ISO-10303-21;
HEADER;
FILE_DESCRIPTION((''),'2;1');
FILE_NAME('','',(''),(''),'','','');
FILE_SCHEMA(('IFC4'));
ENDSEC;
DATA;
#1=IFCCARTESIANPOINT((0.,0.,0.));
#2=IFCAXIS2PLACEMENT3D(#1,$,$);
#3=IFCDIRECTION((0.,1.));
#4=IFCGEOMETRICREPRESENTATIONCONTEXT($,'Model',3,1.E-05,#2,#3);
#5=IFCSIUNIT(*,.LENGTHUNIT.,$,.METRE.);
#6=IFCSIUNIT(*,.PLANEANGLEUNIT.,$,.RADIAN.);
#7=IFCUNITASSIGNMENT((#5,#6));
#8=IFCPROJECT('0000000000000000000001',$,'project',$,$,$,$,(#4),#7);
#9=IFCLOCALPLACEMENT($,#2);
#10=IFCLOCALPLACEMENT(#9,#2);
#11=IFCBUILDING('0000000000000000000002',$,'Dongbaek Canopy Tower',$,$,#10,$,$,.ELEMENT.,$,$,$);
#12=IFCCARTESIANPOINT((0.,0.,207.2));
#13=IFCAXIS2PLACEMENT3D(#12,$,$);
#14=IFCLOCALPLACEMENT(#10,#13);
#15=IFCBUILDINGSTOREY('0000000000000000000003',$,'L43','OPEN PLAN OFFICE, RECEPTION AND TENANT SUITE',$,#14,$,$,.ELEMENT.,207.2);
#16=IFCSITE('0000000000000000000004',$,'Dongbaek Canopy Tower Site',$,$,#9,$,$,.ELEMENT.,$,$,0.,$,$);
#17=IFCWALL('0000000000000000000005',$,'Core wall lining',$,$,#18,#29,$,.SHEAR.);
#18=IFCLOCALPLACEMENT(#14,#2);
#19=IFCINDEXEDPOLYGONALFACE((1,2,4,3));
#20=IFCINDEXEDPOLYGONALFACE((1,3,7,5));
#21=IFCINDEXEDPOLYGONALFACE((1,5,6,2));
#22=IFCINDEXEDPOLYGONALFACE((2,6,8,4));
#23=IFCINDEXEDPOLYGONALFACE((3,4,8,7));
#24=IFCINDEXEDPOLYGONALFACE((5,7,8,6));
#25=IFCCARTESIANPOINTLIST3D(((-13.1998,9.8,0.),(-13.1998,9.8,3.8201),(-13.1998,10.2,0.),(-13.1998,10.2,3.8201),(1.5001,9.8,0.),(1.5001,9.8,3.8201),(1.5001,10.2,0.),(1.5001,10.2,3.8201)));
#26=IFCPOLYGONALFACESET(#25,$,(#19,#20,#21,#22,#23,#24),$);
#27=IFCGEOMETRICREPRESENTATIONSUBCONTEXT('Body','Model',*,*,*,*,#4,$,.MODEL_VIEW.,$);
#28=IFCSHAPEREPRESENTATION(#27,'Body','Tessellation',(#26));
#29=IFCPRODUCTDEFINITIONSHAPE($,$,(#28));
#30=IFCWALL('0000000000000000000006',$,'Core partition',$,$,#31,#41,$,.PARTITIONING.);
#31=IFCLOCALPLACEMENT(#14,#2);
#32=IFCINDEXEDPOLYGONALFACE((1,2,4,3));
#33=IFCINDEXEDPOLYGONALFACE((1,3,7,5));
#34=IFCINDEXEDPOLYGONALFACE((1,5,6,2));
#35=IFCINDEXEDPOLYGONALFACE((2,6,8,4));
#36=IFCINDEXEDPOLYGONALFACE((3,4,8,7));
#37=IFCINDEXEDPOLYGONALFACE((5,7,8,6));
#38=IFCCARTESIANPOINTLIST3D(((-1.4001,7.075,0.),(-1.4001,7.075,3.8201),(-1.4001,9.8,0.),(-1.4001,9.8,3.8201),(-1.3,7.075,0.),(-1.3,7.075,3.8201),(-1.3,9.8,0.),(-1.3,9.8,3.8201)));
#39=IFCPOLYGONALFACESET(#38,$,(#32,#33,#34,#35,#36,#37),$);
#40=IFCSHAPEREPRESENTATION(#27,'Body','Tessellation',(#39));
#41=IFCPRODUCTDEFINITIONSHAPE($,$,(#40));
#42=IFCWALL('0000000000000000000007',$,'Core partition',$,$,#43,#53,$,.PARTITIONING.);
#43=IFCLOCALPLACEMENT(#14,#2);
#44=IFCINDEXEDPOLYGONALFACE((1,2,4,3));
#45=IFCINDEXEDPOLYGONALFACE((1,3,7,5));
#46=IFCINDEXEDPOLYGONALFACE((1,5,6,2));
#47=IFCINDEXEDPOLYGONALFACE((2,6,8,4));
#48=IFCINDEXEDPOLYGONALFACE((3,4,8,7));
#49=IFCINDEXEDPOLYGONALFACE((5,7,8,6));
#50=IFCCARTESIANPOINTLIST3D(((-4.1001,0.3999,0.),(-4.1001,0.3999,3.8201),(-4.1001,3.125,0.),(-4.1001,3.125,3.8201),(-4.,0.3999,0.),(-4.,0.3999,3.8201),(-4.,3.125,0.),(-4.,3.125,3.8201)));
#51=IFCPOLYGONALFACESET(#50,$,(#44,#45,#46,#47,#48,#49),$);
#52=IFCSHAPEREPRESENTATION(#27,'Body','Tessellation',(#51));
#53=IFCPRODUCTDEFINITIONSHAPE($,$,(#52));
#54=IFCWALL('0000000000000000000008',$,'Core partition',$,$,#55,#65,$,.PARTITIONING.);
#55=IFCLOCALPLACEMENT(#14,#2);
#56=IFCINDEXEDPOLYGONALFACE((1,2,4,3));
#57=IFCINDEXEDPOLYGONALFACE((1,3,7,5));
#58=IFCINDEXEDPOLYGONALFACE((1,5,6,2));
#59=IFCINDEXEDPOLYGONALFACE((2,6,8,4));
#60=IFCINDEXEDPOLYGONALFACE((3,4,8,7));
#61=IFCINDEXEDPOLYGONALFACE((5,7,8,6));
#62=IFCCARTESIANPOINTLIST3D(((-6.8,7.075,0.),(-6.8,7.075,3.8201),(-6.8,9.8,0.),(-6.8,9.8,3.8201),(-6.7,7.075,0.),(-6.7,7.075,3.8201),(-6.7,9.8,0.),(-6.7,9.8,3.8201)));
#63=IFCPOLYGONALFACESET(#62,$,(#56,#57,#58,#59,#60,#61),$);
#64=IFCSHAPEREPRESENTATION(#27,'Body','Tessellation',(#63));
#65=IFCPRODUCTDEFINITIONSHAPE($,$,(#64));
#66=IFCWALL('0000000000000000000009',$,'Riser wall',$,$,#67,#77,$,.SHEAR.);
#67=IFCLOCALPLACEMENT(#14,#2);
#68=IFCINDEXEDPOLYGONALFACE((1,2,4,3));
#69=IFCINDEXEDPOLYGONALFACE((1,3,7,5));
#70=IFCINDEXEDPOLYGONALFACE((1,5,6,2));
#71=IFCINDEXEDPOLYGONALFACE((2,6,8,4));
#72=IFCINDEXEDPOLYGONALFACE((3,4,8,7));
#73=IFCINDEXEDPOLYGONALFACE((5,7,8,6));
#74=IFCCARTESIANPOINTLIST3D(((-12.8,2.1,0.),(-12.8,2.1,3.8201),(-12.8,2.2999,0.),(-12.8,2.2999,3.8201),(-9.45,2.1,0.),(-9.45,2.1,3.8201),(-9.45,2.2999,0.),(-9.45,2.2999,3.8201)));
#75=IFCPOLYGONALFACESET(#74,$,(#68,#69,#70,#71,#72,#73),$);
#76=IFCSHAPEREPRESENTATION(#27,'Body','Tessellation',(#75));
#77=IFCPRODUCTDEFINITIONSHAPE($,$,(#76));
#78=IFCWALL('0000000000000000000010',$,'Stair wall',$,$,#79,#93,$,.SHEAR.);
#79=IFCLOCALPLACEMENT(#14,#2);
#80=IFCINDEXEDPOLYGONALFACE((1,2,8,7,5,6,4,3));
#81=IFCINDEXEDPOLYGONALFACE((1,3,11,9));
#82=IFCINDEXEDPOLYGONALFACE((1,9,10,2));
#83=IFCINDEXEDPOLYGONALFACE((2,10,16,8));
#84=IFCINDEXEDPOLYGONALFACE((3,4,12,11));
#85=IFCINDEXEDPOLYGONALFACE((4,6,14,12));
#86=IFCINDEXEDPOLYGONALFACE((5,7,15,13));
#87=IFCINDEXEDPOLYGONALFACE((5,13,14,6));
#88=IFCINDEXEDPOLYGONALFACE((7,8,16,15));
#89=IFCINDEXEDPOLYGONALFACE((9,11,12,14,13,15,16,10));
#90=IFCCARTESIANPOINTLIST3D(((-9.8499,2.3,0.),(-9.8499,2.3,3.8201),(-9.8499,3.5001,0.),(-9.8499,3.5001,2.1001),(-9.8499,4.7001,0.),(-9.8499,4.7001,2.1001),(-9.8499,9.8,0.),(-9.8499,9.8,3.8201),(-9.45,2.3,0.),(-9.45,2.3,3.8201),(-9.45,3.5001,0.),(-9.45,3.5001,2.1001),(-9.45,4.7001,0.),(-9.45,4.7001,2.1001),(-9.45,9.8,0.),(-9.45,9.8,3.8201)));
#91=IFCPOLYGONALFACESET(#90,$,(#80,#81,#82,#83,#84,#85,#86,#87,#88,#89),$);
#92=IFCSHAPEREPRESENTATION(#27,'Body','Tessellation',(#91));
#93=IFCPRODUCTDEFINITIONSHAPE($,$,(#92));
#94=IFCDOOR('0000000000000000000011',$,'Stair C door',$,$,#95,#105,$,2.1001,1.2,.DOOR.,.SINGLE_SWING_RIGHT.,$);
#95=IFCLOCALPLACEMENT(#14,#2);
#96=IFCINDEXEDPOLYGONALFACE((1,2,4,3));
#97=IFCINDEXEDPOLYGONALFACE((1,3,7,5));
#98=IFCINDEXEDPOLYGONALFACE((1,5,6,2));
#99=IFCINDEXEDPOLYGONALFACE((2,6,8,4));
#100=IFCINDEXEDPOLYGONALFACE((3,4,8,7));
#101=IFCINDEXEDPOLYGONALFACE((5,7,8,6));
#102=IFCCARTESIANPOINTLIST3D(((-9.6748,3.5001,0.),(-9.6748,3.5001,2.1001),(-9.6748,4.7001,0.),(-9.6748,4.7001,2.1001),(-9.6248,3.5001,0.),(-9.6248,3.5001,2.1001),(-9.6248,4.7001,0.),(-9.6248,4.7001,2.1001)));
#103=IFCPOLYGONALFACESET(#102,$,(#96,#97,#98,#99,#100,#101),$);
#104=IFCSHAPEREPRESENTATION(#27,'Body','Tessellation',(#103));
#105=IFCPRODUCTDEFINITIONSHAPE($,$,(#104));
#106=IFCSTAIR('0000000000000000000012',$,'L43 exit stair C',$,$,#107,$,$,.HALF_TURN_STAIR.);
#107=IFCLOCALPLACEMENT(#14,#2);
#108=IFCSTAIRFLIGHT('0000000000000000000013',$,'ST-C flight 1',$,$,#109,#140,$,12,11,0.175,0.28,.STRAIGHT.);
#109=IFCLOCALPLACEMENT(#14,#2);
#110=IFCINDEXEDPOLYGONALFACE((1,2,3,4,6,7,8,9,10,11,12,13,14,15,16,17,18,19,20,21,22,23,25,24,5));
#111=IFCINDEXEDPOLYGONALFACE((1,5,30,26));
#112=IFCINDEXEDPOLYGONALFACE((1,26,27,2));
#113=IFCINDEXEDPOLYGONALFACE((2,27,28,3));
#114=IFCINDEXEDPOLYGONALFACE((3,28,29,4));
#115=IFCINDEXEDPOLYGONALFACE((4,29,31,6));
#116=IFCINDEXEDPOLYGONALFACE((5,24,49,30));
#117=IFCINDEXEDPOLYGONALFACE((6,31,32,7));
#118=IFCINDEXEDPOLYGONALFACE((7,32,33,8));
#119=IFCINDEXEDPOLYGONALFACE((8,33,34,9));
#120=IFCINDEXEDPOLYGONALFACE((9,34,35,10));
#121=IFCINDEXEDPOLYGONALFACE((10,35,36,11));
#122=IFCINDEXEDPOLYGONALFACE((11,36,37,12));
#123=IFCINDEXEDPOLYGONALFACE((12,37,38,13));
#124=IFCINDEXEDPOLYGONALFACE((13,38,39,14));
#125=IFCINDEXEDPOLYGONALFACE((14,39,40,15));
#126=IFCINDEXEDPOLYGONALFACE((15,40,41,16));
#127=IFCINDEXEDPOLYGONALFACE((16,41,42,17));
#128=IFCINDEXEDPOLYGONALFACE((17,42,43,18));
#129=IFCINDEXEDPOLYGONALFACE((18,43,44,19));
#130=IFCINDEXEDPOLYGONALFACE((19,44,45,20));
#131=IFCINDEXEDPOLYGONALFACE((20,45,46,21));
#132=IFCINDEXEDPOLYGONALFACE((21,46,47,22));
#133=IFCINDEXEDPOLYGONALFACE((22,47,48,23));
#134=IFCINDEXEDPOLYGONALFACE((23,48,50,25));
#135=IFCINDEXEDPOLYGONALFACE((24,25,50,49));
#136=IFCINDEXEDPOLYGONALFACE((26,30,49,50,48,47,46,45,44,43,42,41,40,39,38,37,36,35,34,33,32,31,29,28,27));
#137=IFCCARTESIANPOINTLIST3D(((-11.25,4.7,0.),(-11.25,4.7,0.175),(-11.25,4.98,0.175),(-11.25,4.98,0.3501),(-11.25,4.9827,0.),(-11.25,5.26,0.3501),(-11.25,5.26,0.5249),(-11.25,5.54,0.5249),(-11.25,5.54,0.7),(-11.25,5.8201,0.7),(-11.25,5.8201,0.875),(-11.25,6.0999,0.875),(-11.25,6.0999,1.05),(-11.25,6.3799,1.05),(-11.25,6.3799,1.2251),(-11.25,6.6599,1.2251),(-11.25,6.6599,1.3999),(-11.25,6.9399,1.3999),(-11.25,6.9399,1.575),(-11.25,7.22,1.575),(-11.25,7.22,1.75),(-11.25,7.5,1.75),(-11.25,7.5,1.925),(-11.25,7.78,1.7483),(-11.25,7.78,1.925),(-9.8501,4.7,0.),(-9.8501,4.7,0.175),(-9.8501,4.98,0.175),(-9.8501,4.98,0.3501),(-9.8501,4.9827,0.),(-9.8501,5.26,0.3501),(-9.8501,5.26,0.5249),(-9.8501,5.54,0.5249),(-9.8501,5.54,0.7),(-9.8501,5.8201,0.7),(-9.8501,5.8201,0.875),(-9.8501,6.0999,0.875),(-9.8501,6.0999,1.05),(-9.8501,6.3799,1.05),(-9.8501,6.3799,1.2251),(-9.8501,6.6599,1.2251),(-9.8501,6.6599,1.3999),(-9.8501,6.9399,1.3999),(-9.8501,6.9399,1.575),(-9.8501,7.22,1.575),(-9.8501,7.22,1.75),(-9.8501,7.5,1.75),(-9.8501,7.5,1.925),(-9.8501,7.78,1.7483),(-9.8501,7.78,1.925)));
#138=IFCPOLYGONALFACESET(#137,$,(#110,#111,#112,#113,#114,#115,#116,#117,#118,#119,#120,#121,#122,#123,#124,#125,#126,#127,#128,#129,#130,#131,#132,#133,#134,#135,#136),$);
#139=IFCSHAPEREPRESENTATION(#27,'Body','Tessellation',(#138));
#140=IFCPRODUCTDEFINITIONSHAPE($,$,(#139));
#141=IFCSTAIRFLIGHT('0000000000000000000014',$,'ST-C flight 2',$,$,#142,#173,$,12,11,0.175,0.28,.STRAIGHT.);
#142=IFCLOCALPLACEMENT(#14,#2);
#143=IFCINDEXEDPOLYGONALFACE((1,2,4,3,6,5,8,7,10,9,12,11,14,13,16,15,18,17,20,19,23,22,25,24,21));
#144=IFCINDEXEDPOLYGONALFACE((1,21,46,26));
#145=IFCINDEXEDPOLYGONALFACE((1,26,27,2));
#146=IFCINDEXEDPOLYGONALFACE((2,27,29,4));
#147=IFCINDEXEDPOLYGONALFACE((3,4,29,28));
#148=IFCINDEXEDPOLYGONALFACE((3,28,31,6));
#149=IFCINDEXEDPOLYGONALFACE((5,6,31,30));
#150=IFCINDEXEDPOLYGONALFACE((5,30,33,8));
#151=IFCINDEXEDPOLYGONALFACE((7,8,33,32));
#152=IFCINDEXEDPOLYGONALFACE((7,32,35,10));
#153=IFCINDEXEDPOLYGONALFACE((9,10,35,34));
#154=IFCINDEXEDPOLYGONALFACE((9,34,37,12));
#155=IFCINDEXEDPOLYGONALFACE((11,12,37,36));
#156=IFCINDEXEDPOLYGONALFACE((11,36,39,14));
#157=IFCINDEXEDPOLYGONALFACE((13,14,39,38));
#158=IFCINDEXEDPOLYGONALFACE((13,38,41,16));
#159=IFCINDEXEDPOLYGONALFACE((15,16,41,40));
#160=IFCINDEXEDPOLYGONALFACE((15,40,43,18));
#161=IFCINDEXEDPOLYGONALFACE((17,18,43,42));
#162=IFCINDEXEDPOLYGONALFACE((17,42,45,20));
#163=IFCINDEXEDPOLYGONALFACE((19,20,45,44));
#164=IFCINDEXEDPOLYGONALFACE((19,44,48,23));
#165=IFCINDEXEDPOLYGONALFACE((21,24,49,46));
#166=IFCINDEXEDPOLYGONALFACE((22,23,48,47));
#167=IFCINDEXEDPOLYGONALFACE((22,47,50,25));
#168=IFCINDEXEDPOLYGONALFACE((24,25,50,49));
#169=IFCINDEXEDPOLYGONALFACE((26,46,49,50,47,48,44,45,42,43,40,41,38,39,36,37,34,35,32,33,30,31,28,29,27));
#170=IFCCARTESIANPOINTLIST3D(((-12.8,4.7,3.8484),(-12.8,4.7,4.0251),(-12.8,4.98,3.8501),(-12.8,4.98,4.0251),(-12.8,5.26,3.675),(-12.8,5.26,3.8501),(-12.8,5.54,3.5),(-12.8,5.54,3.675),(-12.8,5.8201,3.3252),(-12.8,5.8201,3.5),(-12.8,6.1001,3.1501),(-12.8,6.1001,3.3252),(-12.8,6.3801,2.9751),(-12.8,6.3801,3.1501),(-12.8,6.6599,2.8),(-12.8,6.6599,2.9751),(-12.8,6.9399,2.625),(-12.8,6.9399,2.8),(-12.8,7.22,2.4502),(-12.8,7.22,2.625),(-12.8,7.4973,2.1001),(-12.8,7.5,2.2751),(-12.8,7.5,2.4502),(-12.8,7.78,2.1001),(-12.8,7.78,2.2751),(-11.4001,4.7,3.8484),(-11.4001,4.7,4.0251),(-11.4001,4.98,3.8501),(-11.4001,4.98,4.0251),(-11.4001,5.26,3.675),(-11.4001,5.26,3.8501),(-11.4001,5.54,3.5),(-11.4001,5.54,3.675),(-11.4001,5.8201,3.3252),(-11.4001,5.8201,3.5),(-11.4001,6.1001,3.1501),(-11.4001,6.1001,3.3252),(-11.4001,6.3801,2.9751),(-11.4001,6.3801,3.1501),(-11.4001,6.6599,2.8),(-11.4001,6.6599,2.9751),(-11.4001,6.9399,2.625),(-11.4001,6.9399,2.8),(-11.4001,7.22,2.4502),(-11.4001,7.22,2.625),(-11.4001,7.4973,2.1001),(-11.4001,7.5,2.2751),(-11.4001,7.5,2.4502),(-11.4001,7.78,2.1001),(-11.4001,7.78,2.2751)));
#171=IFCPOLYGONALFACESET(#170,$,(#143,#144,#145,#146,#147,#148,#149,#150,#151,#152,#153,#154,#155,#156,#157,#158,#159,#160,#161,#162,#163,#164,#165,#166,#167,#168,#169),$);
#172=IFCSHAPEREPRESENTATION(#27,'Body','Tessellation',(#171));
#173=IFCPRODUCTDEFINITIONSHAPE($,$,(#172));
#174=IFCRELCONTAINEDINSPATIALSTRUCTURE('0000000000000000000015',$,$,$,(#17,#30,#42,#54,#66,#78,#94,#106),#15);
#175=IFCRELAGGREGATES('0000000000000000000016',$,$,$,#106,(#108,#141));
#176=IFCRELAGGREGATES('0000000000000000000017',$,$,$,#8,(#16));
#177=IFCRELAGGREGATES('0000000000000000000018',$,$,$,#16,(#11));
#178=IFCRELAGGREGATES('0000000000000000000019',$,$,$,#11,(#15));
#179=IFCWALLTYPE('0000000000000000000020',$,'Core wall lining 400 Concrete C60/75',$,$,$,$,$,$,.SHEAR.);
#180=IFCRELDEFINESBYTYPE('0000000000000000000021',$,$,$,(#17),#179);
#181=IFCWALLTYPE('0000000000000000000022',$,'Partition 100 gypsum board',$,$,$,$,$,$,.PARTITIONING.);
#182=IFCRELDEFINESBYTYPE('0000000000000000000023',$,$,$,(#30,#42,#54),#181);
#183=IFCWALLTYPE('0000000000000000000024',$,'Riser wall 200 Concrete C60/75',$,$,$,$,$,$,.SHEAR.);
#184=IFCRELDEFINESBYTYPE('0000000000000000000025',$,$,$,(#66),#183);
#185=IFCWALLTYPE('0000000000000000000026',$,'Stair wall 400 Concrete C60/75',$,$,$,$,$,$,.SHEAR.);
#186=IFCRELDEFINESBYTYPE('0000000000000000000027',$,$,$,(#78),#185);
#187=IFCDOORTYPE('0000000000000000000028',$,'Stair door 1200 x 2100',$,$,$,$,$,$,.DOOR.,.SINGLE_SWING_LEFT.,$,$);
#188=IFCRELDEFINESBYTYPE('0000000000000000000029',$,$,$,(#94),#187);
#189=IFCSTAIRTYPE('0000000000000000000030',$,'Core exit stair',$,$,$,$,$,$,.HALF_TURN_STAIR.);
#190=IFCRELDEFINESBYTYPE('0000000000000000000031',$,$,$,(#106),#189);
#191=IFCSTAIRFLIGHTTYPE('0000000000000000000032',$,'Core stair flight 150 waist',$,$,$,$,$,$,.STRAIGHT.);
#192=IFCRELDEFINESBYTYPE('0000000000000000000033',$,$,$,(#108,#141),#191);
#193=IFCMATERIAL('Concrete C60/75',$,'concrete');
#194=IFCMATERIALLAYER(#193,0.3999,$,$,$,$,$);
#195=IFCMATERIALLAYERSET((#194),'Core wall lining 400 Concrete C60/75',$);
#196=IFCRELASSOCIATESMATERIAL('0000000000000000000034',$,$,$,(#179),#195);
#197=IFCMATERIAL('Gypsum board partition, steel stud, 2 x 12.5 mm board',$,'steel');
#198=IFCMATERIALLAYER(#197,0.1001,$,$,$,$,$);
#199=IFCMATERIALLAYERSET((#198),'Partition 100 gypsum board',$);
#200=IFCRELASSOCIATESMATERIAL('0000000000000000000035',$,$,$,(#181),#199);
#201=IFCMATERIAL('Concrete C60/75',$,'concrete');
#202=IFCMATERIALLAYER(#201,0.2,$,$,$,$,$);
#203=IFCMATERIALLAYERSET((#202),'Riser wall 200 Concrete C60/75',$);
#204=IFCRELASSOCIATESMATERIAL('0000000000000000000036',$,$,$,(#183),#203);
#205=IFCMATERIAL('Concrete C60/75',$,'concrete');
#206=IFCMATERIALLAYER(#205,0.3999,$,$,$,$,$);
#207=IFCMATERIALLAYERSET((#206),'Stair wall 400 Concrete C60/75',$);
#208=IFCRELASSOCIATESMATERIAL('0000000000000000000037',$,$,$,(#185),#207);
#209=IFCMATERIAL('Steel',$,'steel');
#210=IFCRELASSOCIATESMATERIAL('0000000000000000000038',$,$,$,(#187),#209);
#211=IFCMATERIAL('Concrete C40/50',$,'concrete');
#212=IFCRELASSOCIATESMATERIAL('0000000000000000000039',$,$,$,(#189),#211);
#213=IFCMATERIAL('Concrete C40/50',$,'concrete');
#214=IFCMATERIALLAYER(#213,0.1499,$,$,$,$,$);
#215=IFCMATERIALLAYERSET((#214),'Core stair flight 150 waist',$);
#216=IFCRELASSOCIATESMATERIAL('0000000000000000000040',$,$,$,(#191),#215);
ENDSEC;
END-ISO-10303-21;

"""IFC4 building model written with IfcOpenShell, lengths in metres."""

from ifc_helpers import new_model, si_unit, direction, frame, frame_2d, origin, place, context, subcontext, project, spatial, polyline, rectangle, outline, extrude, material, layer, layer_set, type_object, element, fill, aggregate, save


model = new_model("IFC4")

# Units and contexts
model_context = context("Model", 3, precision=1e-05, world=origin(), true_north=direction((0.0, 1.0)))
body_context = subcontext(model_context, "Body", "Model", "MODEL_VIEW")
ifc_project = project(units=[si_unit("LENGTHUNIT", "METRE"), si_unit("PLANEANGLEUNIT", "RADIAN")], contexts=[model_context])

# Site, building, storey
site_placement = place(None, origin())
site = spatial("IfcSite", under=ifc_project, at=site_placement, Name="Dongbaek Canopy Tower Site", CompositionType="ELEMENT", RefElevation=0.0)
building_placement = place(site_placement, origin())
building = spatial("IfcBuilding", under=site, at=building_placement, Name="Dongbaek Canopy Tower", CompositionType="ELEMENT")
storey_placement = place(building_placement, frame((0.0, 0.0, 207.2)))
storey = spatial("IfcBuildingStorey", under=building, at=storey_placement, Name="L43", Description="OPEN PLAN OFFICE, RECEPTION AND TENANT SUITE", CompositionType="ELEMENT", Elevation=207.2)

# Walls
ifc_material_1 = material(Name="Concrete C60/75", Category="concrete")
ifc_layer_1 = layer(ifc_material_1, 0.3999)
ifc_layer_set_1 = layer_set([ifc_layer_1], Name="Core wall lining 400 Concrete C60/75")
wall_type_1 = type_object("IfcWallType", Name="Core wall lining 400 Concrete C60/75", PredefinedType="SHEAR", material=ifc_layer_set_1)
wall_1_placement = place(storey_placement, frame((-13.2, 10.0, 0.0), z_axis=(0.0, 0.0, 1.0), x_axis=(1.0, 0.0, 0.0)))
element("IfcWall", 1, at=wall_1_placement, inside=storey, type_object=wall_type_1, Name="Core wall lining", PredefinedType="SHEAR", context=body_context, shape_type="SweptSolid", body=[
    extrude(rectangle(XDim=14.7, YDim=0.3999, at=frame_2d((7.3501, 0.0))), origin(), (0.0, 0.0, 1.0), 3.8201),
])
ifc_material_2 = material(Name="Gypsum board partition, steel stud, 2 x 12.5 mm board", Category="steel")
ifc_layer_2 = layer(ifc_material_2, 0.1001)
ifc_layer_set_2 = layer_set([ifc_layer_2], Name="Partition 100 gypsum board")
wall_type_2 = type_object("IfcWallType", Name="Partition 100 gypsum board", PredefinedType="PARTITIONING", material=ifc_layer_set_2)
for number, where, z_axis, x_axis, name in (
    (2, (-1.3501, 7.075, 0.0), (0.0, 0.0, 1.0), (0.0, 1.0, 0.0), "Core partition"),
    (3, (-4.05, 0.3999, 0.0), (0.0, 0.0, 1.0), (0.0, 1.0, 0.0), "Core partition"),
    (4, (-6.75, 7.075, 0.0), (0.0, 0.0, 1.0), (0.0, 1.0, 0.0), "Core partition"),
):
    element("IfcWall", number, at=place(storey_placement, frame(where, z_axis=z_axis, x_axis=x_axis)), inside=storey, type_object=wall_type_2, Name=name, PredefinedType="PARTITIONING", context=body_context, shape_type="SweptSolid", body=[
        extrude(rectangle(XDim=2.7251, YDim=0.1001, at=frame_2d((1.3625, 0.0))), origin(), (0.0, 0.0, 1.0), 3.8201),
    ])
ifc_material_3 = material(Name="Concrete C60/75", Category="concrete")
ifc_layer_3 = layer(ifc_material_3, 0.2)
ifc_layer_set_3 = layer_set([ifc_layer_3], Name="Riser wall 200 Concrete C60/75")
wall_type_3 = type_object("IfcWallType", Name="Riser wall 200 Concrete C60/75", PredefinedType="SHEAR", material=ifc_layer_set_3)
wall_2_placement = place(storey_placement, frame((-9.45, 2.2, 0.0), z_axis=(0.0, 0.0, 1.0), x_axis=(-1.0, 0.0, 0.0)))
element("IfcWall", 5, at=wall_2_placement, inside=storey, type_object=wall_type_3, Name="Riser wall", PredefinedType="SHEAR", context=body_context, shape_type="SweptSolid", body=[
    extrude(rectangle(XDim=3.3501, YDim=0.2, at=frame_2d((1.675, 0.0))), origin(), (0.0, 0.0, 1.0), 3.8201),
])

# Wall, opening, door
ifc_material_4 = material(Name="Concrete C60/75", Category="concrete")
ifc_layer_4 = layer(ifc_material_4, 0.3999)
ifc_layer_set_4 = layer_set([ifc_layer_4], Name="Stair wall 400 Concrete C60/75")
wall_type_4 = type_object("IfcWallType", Name="Stair wall 400 Concrete C60/75", PredefinedType="SHEAR", material=ifc_layer_set_4)
wall_3_placement = place(storey_placement, frame((-9.6499, 2.3, 0.0), z_axis=(0.0, 0.0, 1.0), x_axis=(0.0, 1.0, 0.0)))
wall_3 = element("IfcWall", 6, at=wall_3_placement, inside=storey, type_object=wall_type_4, Name="Stair wall", PredefinedType="SHEAR", context=body_context, shape_type="SweptSolid", body=[
    extrude(rectangle(XDim=7.5, YDim=0.3999, at=frame_2d((3.75, 0.0))), origin(), (0.0, 0.0, 1.0), 3.8201),
])
opening_1_placement = place(wall_3_placement, frame((1.2, 0.0, 0.0)))
opening_1 = element("IfcOpeningElement", 7, at=opening_1_placement, cuts=wall_3, PredefinedType="OPENING", context=body_context, shape_type="SweptSolid", body=[
    extrude(rectangle(XDim=1.2, YDim=2.1001, at=frame_2d((0.6001, 1.05))), frame((0.0, 0.21, 0.0), z_axis=(0.0, -1.0, 0.0), x_axis=(1.0, 0.0, 0.0)), (0.0, 0.0, 1.0), 0.4199),
])
ifc_material_5 = material(Name="Steel", Category="steel")
door_type_1 = type_object("IfcDoorType", Name="Stair door 1200 x 2100", OperationType="SINGLE_SWING_LEFT", PredefinedType="DOOR", material=ifc_material_5)
door_1_placement = place(opening_1_placement, origin())
door_1 = element("IfcDoor", 8, at=door_1_placement, inside=storey, type_object=door_type_1, Name="Stair C door", OperationType="SINGLE_SWING_RIGHT", OverallHeight=2.1001, OverallWidth=1.2, PredefinedType="DOOR", context=body_context, shape_type="SweptSolid", body=[
    extrude(rectangle(XDim=1.2, YDim=2.1001, at=frame_2d((0.6001, 1.05))), frame((0.0, 0.0249, 0.0), z_axis=(0.0, -1.0, 0.0), x_axis=(1.0, 0.0, 0.0)), (0.0, 0.0, 1.0), 0.05),
])
fill(opening_1, door_1)

# Stair, stair flights
ifc_material_6 = material(Name="Concrete C40/50", Category="concrete")
stair_type = type_object("IfcStairType", Name="Core exit stair", PredefinedType="HALF_TURN_STAIR", material=ifc_material_6)
stair_placement = place(storey_placement, origin())
stair = element("IfcStair", 9, at=stair_placement, inside=storey, type_object=stair_type, Name="L43 exit stair C", PredefinedType="HALF_TURN_STAIR")
ifc_material_7 = material(Name="Concrete C40/50", Category="concrete")
ifc_layer_5 = layer(ifc_material_7, 0.1499)
ifc_layer_set_5 = layer_set([ifc_layer_5], Name="Core stair flight 150 waist")
stair_flight_type = type_object("IfcStairFlightType", Name="Core stair flight 150 waist", PredefinedType="STRAIGHT", material=ifc_layer_set_5)
stair_flight_1_placement = place(storey_placement, frame((-10.55, 4.7, 0.0), z_axis=(0.0, 0.0, 1.0), x_axis=(0.0, 1.0, 0.0)))
stair_flight_1 = element("IfcStairFlight", 10, at=stair_flight_1_placement, type_object=stair_flight_type, Name="ST-C flight 1", NumberOfRisers=12, NumberOfTreads=11, PredefinedType="STRAIGHT", RiserHeight=0.175, TreadLength=0.28, context=body_context, shape_type="SweptSolid", body=[
    extrude(outline(polyline([(0.0, 0.0), (0.0, 0.175), (0.28, 0.175), (0.28, 0.3501), (0.5601, 0.3501), (0.5601, 0.5249), (0.8401, 0.5249), (0.8401, 0.7), (1.1201, 0.7), (1.1201, 0.875), (1.3999, 0.875), (1.3999, 1.05), (1.6799, 1.05), (1.6799, 1.2251), (1.96, 1.2251), (1.96, 1.3999), (2.24, 1.3999), (2.24, 1.575), (2.52, 1.575), (2.52, 1.75), (2.8, 1.75), (2.8, 1.925), (3.0801, 1.925), (3.0801, 2.1001), (3.0801, 1.7483), (0.2827, 0.0), (0.0, 0.0)])), frame((0.0, 0.7, 0.0), z_axis=(0.0, -1.0, 0.0), x_axis=(1.0, 0.0, 0.0)), (0.0, 0.0, 1.0), 1.3999),
])
stair_flight_2_placement = place(storey_placement, frame((-12.1001, 7.78, 2.1001), z_axis=(0.0, 0.0, 1.0), x_axis=(0.0, -1.0, 0.0)))
stair_flight_2 = element("IfcStairFlight", 11, at=stair_flight_2_placement, type_object=stair_flight_type, Name="ST-C flight 2", NumberOfRisers=12, NumberOfTreads=11, PredefinedType="STRAIGHT", RiserHeight=0.175, TreadLength=0.28, context=body_context, shape_type="SweptSolid", body=[
    extrude(outline(polyline([(0.0, 0.0), (0.0, 0.175), (0.28, 0.175), (0.28, 0.3501), (0.5601, 0.3501), (0.5601, 0.5249), (0.8401, 0.5249), (0.8401, 0.7), (1.1201, 0.7), (1.1201, 0.875), (1.3999, 0.875), (1.3999, 1.05), (1.6799, 1.05), (1.6799, 1.2251), (1.96, 1.2251), (1.96, 1.3999), (2.24, 1.3999), (2.24, 1.575), (2.52, 1.575), (2.52, 1.75), (2.8, 1.75), (2.8, 1.925), (3.0801, 1.925), (3.0801, 2.1001), (3.0801, 1.7483), (0.2827, 0.0), (0.0, 0.0)])), frame((0.0, 0.7, 0.0), z_axis=(0.0, -1.0, 0.0), x_axis=(1.0, 0.0, 0.0)), (0.0, 0.0, 1.0), 1.3999),
])
aggregate(stair, [stair_flight_1, stair_flight_2])

save(model, "model.ifc")
